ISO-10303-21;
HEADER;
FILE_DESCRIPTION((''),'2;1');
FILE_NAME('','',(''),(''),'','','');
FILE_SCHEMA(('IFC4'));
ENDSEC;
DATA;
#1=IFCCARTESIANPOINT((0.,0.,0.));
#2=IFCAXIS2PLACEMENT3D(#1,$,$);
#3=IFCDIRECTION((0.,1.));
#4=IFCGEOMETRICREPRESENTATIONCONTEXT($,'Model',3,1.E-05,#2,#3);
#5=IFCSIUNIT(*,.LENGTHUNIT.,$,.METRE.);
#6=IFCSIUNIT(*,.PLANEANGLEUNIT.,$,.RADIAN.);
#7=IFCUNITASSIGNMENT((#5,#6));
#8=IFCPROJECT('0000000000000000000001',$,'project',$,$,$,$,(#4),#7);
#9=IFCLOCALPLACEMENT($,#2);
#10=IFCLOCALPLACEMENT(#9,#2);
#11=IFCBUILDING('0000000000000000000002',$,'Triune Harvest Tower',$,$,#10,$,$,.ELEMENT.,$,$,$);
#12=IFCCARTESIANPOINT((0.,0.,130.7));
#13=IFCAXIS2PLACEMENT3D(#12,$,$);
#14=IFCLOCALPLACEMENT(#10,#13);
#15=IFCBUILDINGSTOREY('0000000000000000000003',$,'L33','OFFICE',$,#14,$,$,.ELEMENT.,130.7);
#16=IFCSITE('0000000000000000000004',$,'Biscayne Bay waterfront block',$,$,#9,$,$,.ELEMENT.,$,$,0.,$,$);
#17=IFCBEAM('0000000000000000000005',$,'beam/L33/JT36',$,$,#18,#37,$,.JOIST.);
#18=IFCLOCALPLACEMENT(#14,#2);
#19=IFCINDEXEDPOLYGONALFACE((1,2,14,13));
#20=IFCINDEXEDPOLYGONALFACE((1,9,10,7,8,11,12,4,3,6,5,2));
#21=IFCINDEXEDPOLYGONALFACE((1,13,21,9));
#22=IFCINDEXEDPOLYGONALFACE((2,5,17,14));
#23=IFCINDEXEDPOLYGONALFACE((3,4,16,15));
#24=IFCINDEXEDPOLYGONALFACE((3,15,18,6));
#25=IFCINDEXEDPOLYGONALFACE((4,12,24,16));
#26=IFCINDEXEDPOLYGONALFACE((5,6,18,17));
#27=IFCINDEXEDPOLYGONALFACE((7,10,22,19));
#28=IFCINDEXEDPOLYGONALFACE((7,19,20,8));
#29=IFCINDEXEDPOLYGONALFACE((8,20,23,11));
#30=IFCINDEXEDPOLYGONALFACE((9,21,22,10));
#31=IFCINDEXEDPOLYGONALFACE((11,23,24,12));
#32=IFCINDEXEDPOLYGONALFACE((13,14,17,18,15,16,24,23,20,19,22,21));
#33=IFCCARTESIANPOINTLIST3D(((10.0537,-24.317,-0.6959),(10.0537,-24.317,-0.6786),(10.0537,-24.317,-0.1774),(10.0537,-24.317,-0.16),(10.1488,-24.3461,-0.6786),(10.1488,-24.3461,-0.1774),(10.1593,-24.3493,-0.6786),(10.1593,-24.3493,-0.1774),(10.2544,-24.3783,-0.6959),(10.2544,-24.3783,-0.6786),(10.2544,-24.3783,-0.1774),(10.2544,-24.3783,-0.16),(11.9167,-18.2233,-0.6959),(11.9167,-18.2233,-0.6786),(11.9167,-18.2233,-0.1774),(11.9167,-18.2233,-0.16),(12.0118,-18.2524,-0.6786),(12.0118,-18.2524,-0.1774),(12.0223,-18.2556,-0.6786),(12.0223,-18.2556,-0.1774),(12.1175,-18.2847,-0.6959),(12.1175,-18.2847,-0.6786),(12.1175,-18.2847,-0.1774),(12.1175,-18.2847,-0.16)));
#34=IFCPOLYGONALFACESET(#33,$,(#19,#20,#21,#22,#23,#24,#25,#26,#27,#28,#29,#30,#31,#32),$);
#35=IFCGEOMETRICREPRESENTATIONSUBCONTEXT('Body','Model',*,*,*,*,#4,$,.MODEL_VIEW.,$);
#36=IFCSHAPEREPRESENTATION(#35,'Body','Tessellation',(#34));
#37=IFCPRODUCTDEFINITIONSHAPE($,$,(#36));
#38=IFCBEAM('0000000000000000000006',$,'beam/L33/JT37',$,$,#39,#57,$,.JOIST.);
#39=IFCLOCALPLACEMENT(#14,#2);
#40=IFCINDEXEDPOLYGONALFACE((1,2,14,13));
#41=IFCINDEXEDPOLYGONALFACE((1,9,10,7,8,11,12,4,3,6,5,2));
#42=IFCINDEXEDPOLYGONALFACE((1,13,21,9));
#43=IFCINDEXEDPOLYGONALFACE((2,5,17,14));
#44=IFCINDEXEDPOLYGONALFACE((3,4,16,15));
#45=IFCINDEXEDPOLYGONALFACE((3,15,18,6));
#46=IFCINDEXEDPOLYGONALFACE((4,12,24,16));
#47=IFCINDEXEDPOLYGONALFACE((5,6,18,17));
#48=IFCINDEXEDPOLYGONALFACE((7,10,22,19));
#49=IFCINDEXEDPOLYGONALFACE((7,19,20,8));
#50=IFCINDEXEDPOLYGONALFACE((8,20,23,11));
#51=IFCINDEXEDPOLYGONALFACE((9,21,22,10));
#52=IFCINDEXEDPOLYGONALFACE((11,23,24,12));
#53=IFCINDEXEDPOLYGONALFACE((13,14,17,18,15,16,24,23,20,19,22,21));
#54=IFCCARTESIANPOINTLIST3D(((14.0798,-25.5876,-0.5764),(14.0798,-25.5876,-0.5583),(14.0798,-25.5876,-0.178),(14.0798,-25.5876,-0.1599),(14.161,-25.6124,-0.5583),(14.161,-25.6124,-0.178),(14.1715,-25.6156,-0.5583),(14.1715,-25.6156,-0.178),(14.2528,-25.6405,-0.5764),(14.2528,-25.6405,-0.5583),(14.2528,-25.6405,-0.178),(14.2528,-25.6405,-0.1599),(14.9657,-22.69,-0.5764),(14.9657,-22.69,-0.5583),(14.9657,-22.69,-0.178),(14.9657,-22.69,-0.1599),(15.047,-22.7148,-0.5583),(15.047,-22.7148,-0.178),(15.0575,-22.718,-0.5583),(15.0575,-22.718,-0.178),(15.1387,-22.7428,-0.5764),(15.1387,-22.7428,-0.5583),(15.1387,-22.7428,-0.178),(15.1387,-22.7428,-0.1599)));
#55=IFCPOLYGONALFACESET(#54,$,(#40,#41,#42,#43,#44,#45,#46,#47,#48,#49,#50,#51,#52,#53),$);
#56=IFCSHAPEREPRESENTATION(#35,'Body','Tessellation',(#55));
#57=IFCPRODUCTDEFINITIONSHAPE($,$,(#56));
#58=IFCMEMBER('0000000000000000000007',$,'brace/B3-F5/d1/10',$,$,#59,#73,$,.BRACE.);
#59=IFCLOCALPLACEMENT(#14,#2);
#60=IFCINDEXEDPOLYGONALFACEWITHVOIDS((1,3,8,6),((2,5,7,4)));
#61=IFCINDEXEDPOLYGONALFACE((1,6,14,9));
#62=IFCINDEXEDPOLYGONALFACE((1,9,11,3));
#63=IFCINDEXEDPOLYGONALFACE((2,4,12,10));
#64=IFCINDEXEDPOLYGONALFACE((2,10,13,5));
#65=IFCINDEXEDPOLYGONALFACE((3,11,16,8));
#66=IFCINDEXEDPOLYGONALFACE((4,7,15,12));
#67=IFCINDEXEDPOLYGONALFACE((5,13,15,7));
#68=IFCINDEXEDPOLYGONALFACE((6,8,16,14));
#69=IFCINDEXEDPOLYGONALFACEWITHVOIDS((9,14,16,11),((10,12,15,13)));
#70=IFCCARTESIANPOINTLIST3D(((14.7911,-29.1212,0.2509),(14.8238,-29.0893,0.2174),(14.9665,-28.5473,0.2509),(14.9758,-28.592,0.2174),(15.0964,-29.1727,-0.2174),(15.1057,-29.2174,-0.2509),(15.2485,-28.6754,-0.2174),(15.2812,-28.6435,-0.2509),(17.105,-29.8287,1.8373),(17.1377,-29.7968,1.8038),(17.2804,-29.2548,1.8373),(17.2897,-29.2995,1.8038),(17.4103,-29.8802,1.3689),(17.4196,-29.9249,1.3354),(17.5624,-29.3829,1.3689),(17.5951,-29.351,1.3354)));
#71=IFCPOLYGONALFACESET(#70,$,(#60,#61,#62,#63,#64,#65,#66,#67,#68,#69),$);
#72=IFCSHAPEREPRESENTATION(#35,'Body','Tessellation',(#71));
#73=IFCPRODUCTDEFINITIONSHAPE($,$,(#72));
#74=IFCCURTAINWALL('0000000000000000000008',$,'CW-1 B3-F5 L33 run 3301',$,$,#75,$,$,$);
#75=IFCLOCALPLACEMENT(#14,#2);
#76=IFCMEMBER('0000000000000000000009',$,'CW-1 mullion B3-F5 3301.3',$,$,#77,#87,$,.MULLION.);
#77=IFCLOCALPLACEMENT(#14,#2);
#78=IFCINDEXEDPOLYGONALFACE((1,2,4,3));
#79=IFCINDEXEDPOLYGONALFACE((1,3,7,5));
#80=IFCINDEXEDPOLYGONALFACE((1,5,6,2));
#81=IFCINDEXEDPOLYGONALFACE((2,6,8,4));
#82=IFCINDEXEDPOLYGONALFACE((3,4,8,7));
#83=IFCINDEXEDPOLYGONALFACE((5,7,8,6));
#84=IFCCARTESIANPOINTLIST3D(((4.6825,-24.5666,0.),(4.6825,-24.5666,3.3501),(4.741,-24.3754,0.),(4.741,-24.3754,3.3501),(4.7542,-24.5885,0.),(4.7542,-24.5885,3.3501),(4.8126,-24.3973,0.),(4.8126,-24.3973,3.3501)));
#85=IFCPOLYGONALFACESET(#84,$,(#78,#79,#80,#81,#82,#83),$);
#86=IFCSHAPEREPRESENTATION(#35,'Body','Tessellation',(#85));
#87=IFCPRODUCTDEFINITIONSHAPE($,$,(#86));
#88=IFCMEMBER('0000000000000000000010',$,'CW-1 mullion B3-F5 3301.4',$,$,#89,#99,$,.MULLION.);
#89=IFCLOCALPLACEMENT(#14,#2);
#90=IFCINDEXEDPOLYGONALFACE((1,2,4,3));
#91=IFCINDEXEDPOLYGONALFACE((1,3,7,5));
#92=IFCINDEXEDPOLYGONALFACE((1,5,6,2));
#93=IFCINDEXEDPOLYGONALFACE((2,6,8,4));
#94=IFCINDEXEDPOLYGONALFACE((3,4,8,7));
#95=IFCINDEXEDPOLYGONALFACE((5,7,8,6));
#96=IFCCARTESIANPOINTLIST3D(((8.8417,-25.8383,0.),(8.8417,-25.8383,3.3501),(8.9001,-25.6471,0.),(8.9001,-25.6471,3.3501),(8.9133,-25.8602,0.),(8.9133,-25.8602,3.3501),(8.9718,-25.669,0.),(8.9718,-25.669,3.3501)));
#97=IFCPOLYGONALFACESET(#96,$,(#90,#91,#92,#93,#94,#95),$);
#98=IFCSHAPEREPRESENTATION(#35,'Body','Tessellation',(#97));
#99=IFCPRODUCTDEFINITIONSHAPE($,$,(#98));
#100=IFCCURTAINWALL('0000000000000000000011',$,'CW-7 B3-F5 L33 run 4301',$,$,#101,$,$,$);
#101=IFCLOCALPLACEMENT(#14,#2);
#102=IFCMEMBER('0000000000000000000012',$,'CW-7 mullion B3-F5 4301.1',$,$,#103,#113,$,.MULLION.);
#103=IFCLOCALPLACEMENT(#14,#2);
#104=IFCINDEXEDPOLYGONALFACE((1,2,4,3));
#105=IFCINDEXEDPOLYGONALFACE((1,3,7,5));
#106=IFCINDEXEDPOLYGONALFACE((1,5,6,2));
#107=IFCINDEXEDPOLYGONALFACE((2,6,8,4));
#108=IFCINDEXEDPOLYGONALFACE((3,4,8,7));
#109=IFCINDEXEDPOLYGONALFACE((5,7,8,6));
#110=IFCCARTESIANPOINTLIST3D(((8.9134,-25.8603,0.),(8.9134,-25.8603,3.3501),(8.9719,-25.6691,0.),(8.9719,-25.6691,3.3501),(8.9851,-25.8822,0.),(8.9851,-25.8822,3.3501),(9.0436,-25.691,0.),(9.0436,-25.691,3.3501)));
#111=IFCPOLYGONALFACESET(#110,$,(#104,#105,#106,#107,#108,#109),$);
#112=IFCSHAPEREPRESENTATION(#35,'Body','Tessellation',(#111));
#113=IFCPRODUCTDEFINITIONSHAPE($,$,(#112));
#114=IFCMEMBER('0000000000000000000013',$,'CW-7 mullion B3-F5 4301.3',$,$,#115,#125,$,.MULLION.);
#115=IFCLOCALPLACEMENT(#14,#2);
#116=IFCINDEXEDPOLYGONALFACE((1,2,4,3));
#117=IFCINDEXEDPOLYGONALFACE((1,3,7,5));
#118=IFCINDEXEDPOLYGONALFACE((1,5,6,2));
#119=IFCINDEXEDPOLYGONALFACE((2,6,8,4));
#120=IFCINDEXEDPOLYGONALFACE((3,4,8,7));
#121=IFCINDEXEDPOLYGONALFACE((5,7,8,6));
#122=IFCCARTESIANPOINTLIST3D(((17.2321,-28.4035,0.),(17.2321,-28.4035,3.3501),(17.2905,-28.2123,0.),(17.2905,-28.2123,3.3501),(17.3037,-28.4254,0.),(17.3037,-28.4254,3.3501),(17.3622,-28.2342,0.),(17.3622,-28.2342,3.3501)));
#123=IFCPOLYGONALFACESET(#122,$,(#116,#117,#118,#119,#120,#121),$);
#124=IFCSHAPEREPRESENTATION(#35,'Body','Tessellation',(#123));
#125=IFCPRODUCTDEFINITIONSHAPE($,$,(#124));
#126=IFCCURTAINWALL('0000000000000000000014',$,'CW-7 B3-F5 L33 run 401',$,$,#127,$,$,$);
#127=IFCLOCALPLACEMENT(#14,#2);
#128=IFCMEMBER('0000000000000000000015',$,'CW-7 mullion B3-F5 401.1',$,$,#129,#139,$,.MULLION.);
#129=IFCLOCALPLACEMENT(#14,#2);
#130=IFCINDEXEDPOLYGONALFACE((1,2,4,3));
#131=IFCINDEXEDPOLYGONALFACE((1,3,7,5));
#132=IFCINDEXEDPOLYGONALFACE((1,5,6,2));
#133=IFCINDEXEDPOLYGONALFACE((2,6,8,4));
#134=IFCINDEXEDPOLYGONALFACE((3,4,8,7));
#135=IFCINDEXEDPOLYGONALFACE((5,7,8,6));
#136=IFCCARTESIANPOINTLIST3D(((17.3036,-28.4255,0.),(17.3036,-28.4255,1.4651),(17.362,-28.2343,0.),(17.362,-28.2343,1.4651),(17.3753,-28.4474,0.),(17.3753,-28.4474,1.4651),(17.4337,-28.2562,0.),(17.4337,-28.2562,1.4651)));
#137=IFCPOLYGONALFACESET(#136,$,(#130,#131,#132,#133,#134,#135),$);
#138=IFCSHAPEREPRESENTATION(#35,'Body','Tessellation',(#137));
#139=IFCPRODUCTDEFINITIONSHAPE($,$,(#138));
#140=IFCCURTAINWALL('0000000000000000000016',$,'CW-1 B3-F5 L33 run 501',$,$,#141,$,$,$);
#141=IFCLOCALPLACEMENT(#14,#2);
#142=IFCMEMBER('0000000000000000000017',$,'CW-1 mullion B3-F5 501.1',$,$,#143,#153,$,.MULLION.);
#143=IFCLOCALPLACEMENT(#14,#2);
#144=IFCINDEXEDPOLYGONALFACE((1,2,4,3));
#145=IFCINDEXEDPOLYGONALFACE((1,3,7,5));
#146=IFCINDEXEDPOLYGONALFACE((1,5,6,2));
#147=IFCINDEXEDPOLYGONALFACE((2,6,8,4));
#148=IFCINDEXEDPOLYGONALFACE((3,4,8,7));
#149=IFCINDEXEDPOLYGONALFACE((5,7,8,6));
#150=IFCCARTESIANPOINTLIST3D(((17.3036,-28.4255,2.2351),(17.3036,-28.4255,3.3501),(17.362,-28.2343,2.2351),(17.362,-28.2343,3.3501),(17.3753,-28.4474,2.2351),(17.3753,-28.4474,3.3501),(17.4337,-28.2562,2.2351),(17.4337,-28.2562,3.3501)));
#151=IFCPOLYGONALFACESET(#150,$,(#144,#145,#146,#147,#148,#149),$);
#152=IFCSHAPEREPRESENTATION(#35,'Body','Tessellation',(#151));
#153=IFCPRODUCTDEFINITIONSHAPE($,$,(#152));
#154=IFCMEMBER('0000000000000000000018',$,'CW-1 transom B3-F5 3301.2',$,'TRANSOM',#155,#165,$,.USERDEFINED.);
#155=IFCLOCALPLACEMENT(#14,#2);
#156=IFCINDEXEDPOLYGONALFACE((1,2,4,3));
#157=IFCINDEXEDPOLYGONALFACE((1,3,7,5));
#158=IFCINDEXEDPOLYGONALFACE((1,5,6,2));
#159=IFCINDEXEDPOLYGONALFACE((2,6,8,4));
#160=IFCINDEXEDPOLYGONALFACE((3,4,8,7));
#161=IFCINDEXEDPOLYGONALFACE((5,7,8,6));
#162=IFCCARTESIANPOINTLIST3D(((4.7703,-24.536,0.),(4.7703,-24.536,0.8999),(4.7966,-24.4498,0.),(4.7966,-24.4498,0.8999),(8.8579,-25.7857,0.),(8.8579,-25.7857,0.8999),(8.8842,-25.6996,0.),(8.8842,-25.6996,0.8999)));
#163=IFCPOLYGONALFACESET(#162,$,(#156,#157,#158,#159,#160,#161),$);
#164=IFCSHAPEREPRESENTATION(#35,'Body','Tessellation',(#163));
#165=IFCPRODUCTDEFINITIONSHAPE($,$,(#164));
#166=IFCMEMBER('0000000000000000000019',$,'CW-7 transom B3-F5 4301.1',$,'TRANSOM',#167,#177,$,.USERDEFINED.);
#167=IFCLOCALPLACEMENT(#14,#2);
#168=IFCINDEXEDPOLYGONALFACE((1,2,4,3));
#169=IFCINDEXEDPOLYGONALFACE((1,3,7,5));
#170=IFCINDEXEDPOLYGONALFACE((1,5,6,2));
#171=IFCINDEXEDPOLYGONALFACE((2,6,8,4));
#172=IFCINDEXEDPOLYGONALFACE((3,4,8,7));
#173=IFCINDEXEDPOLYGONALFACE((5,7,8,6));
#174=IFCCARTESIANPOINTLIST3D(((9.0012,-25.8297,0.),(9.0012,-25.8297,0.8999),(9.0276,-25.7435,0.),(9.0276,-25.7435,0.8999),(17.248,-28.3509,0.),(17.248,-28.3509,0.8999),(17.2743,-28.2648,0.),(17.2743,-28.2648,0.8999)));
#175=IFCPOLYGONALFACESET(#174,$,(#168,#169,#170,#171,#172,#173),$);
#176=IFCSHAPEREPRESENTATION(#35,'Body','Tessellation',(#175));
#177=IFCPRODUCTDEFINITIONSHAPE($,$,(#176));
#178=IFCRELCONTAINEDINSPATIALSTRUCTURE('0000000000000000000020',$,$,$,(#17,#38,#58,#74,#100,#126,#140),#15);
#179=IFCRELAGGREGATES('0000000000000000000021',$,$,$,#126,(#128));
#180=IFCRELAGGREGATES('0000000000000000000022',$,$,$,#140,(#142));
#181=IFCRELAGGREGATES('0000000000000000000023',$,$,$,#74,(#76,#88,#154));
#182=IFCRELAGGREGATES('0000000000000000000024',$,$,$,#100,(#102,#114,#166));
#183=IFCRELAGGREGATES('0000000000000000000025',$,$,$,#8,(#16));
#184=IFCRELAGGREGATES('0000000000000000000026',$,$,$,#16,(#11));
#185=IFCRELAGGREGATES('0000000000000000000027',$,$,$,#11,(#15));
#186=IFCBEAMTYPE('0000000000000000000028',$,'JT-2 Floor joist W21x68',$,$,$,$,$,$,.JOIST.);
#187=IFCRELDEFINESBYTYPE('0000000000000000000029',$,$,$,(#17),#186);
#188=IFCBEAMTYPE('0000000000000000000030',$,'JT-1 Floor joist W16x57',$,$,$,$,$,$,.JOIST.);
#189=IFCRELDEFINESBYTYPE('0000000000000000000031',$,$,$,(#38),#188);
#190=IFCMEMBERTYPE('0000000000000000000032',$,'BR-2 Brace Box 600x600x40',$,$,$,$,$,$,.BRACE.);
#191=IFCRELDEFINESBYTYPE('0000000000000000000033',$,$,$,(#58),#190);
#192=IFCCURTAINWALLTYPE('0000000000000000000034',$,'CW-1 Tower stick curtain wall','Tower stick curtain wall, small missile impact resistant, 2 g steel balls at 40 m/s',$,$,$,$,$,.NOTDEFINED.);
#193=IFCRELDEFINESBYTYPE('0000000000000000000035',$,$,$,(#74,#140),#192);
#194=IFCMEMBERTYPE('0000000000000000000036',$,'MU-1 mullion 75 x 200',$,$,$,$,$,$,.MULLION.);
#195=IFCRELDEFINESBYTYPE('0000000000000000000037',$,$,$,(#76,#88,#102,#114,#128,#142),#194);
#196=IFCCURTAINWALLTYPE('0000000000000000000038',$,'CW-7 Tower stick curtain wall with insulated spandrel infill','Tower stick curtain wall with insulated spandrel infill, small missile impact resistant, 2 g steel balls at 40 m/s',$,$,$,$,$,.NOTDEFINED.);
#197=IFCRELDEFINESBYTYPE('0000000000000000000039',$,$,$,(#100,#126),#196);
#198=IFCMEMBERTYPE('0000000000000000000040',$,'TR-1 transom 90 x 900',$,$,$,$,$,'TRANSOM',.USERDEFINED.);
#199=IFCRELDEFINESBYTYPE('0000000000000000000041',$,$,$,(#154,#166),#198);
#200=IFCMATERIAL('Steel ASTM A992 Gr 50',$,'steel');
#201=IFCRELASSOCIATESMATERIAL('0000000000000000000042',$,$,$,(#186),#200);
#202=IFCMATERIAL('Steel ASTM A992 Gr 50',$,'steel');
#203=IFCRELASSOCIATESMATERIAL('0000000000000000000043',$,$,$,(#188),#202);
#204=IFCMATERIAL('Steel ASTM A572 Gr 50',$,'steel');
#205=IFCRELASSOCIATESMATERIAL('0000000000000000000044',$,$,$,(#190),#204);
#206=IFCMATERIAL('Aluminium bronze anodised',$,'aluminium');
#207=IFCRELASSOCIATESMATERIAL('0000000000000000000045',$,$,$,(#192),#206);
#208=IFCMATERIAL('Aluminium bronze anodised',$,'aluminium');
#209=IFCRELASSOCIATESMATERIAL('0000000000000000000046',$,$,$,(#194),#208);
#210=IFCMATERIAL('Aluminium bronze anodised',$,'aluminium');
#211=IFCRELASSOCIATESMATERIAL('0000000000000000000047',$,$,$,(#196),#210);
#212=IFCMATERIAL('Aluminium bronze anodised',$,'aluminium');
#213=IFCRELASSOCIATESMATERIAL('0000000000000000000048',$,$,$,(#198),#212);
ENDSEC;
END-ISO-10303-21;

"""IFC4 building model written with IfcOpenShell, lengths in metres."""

from ifc_helpers import new_model, si_unit, direction, frame, origin, origin_2d, place, context, subcontext, project, spatial, rectangle, hollow_rectangle, i_section, extrude, source, transform, mapped, material, material_profile, profile_set, type_object, element, aggregate, save


model = new_model("IFC4")

# Units and contexts
model_context = context("Model", 3, precision=1e-05, world=origin(), true_north=direction((0.0, 1.0)))
body_context = subcontext(model_context, "Body", "Model", "MODEL_VIEW")
ifc_project = project(units=[si_unit("LENGTHUNIT", "METRE"), si_unit("PLANEANGLEUNIT", "RADIAN")], contexts=[model_context])

# Site, building, storey
site_placement = place(None, origin())
site = spatial("IfcSite", under=ifc_project, at=site_placement, Name="Biscayne Bay waterfront block", CompositionType="ELEMENT", RefElevation=0.0)
building_placement = place(site_placement, origin())
building = spatial("IfcBuilding", under=site, at=building_placement, Name="Triune Harvest Tower", CompositionType="ELEMENT")
storey_placement = place(building_placement, frame((0.0, 0.0, 130.7)))
storey = spatial("IfcBuildingStorey", under=building, at=storey_placement, Name="L33", Description="OFFICE", CompositionType="ELEMENT", Elevation=130.7)

# Beams
ifc_material_1 = material(Name="Steel ASTM A992 Gr 50", Category="steel")
ifc_material_profile_1 = material_profile(ifc_material_1, i_section(OverallWidth=0.21, OverallDepth=0.5359, WebThickness=0.011, FlangeThickness=0.0173, at=origin_2d()), Name="W21x68")
ifc_profile_set_1 = profile_set([ifc_material_profile_1], Name="Steel ASTM A992 Gr 50")
beam_type_1 = type_object("IfcBeamType", Name="JT-2 Floor joist W21x68", PredefinedType="JOIST", material=ifc_profile_set_1)
shared_shape_1 = source(origin(), body_context, "Body", "SweptSolid", [
    extrude(i_section(OverallWidth=0.21, OverallDepth=0.5359, WebThickness=0.011, FlangeThickness=0.0173, at=origin_2d()), origin(), (0.0, 0.0, 1.0), 6.3721),
])
beam_1_placement = place(storey_placement, frame((10.1541, -24.3477, -0.428), z_axis=(0.29237, 0.956305, 0.0), x_axis=(-0.956305, 0.29237, 0.0)))
element("IfcBeam", 1, at=beam_1_placement, inside=storey, type_object=beam_type_1, Name="beam/L33/JT36", PredefinedType="JOIST", context=body_context, shape_type="MappedRepresentation", body=[
    mapped(shared_shape_1, transform((0.0, 0.0, 0.0), scale=1.0)),
])
ifc_material_2 = material(Name="Steel ASTM A992 Gr 50", Category="steel")
ifc_material_profile_2 = material_profile(ifc_material_2, i_section(OverallWidth=0.1809, OverallDepth=0.4165, WebThickness=0.011, FlangeThickness=0.0181, at=origin_2d()), Name="W16x57")
ifc_profile_set_2 = profile_set([ifc_material_profile_2], Name="Steel ASTM A992 Gr 50")
beam_type_2 = type_object("IfcBeamType", Name="JT-1 Floor joist W16x57", PredefinedType="JOIST", material=ifc_profile_set_2)
shared_shape_2 = source(origin(), body_context, "Body", "SweptSolid", [
    extrude(i_section(OverallWidth=0.1809, OverallDepth=0.4165, WebThickness=0.011, FlangeThickness=0.0181, at=origin_2d()), origin(), (0.0, 0.0, 1.0), 3.03),
])
beam_2_placement = place(storey_placement, frame((14.1663, -25.614, -0.3682), z_axis=(0.292393, 0.956298, 0.0), x_axis=(-0.956298, 0.292393, 0.0)))
element("IfcBeam", 2, at=beam_2_placement, inside=storey, type_object=beam_type_2, Name="beam/L33/JT37", PredefinedType="JOIST", context=body_context, shape_type="MappedRepresentation", body=[
    mapped(shared_shape_2, transform((0.0, 0.0, 0.0), scale=1.0)),
])

# Member
ifc_material_3 = material(Name="Steel ASTM A572 Gr 50", Category="steel")
ifc_material_profile_3 = material_profile(ifc_material_3, hollow_rectangle(XDim=0.6001, YDim=0.6001, WallThickness=0.04, at=origin_2d()), Name="Box 600x600x40")
ifc_profile_set_3 = profile_set([ifc_material_profile_3], Name="Steel ASTM A572 Gr 50")
member_type_1 = type_object("IfcMemberType", Name="BR-2 Brace Box 600x600x40", PredefinedType="BRACE", material=ifc_profile_set_3)
shared_shape_3 = source(origin(), body_context, "Body", "SweptSolid", [
    extrude(hollow_rectangle(XDim=0.6001, YDim=0.6001, WallThickness=0.04, at=origin_2d()), origin(), (0.0, 0.0, 1.0), 2.8933),
])
member_1_placement = place(storey_placement, frame((15.0361, -28.8823, 0.0), z_axis=(0.799739, -0.244529, 0.548291), x_axis=(0.292398, 0.956297, 0.0)))
element("IfcMember", 3, at=member_1_placement, inside=storey, type_object=member_type_1, Name="brace/B3-F5/d1/10", PredefinedType="BRACE", context=body_context, shape_type="MappedRepresentation", body=[
    mapped(shared_shape_3, transform((0.0, 0.0, 0.0), scale=1.0)),
])

# Curtain walls, members
ifc_material_4 = material(Name="Aluminium bronze anodised", Category="aluminium")
curtain_wall_type_1 = type_object("IfcCurtainWallType", Name="CW-1 Tower stick curtain wall", Description="Tower stick curtain wall, small missile impact resistant, 2 g steel balls at 40 m/s", PredefinedType="NOTDEFINED", material=ifc_material_4)
curtain_wall_1_placement = place(storey_placement, origin())
curtain_wall_1 = element("IfcCurtainWall", 4, at=curtain_wall_1_placement, inside=storey, type_object=curtain_wall_type_1, Name="CW-1 B3-F5 L33 run 3301")
ifc_material_5 = material(Name="Aluminium bronze anodised", Category="aluminium")
ifc_material_profile_4 = material_profile(ifc_material_5, rectangle(XDim=0.2, YDim=0.075, at=origin_2d()), Name="MU-1 mullion 75 x 200")
ifc_profile_set_4 = profile_set([ifc_material_profile_4], Name="Aluminium bronze anodised")
member_type_2 = type_object("IfcMemberType", Name="MU-1 mullion 75 x 200", PredefinedType="MULLION", material=ifc_profile_set_4)
shared_shape_4 = source(origin(), body_context, "Body", "SweptSolid", [
    extrude(rectangle(XDim=0.2, YDim=0.075, at=origin_2d()), origin(), (0.0, 0.0, 1.0), 3.3501),
])
member_2_placement = place(storey_placement, frame((4.7476, -24.4819, 0.0), z_axis=(0.0, 0.0, 1.0), x_axis=(0.292371, 0.956305, 0.0)))
member_2 = element("IfcMember", 5, at=member_2_placement, type_object=member_type_2, Name="CW-1 mullion B3-F5 3301.3", PredefinedType="MULLION", context=body_context, shape_type="MappedRepresentation", body=[
    mapped(shared_shape_4, transform((0.0, 0.0, 0.0), scale=1.0)),
])
member_3_placement = place(storey_placement, frame((8.9067, -25.7537, 0.0), z_axis=(0.0, 0.0, 1.0), x_axis=(0.292371, 0.956305, 0.0)))
member_3 = element("IfcMember", 6, at=member_3_placement, type_object=member_type_2, Name="CW-1 mullion B3-F5 3301.4", PredefinedType="MULLION", context=body_context, shape_type="MappedRepresentation", body=[
    mapped(shared_shape_4, transform((0.0, 0.0, 0.0), scale=1.0)),
])
ifc_material_6 = material(Name="Aluminium bronze anodised", Category="aluminium")
curtain_wall_type_2 = type_object("IfcCurtainWallType", Name="CW-7 Tower stick curtain wall with insulated spandrel infill", Description="Tower stick curtain wall with insulated spandrel infill, small missile impact resistant, 2 g steel balls at 40 m/s", PredefinedType="NOTDEFINED", material=ifc_material_6)
curtain_wall_2_placement = place(storey_placement, origin())
curtain_wall_2 = element("IfcCurtainWall", 7, at=curtain_wall_2_placement, inside=storey, type_object=curtain_wall_type_2, Name="CW-7 B3-F5 L33 run 4301")
member_4_placement = place(storey_placement, frame((8.9785, -25.7756, 0.0), z_axis=(0.0, 0.0, 1.0), x_axis=(0.292378, 0.956303, 0.0)))
member_4 = element("IfcMember", 8, at=member_4_placement, type_object=member_type_2, Name="CW-7 mullion B3-F5 4301.1", PredefinedType="MULLION", context=body_context, shape_type="MappedRepresentation", body=[
    mapped(shared_shape_4, transform((0.0, 0.0, 0.0), scale=1.0)),
])
member_5_placement = place(storey_placement, frame((17.2971, -28.3188, 0.0), z_axis=(0.0, 0.0, 1.0), x_axis=(0.292378, 0.956303, 0.0)))
member_5 = element("IfcMember", 9, at=member_5_placement, type_object=member_type_2, Name="CW-7 mullion B3-F5 4301.3", PredefinedType="MULLION", context=body_context, shape_type="MappedRepresentation", body=[
    mapped(shared_shape_4, transform((0.0, 0.0, 0.0), scale=1.0)),
])

# Curtain walls, members
curtain_wall_3_placement = place(storey_placement, origin())
curtain_wall_3 = element("IfcCurtainWall", 10, at=curtain_wall_3_placement, inside=storey, type_object=curtain_wall_type_2, Name="CW-7 B3-F5 L33 run 401")
shared_shape_5 = source(origin(), body_context, "Body", "SweptSolid", [
    extrude(rectangle(XDim=0.2, YDim=0.075, at=origin_2d()), origin(), (0.0, 0.0, 1.0), 1.4651),
])
member_6_placement = place(storey_placement, frame((17.3687, -28.3408, 0.0), z_axis=(0.0, 0.0, 1.0), x_axis=(0.29237, 0.956305, 0.0)))
member_6 = element("IfcMember", 11, at=member_6_placement, type_object=member_type_2, Name="CW-7 mullion B3-F5 401.1", PredefinedType="MULLION", context=body_context, shape_type="MappedRepresentation", body=[
    mapped(shared_shape_5, transform((0.0, 0.0, 0.0), scale=1.0)),
])
aggregate(curtain_wall_3, [member_6])
curtain_wall_4_placement = place(storey_placement, origin())
curtain_wall_4 = element("IfcCurtainWall", 12, at=curtain_wall_4_placement, inside=storey, type_object=curtain_wall_type_1, Name="CW-1 B3-F5 L33 run 501")
shared_shape_6 = source(origin(), body_context, "Body", "SweptSolid", [
    extrude(rectangle(XDim=0.2, YDim=0.075, at=origin_2d()), origin(), (0.0, 0.0, 1.0), 1.115),
])
member_7_placement = place(storey_placement, frame((17.3687, -28.3408, 2.2351), z_axis=(0.0, 0.0, 1.0), x_axis=(0.29237, 0.956305, 0.0)))
member_7 = element("IfcMember", 13, at=member_7_placement, type_object=member_type_2, Name="CW-1 mullion B3-F5 501.1", PredefinedType="MULLION", context=body_context, shape_type="MappedRepresentation", body=[
    mapped(shared_shape_6, transform((0.0, 0.0, 0.0), scale=1.0)),
])
aggregate(curtain_wall_4, [member_7])

# Members
ifc_material_7 = material(Name="Aluminium bronze anodised", Category="aluminium")
ifc_material_profile_5 = material_profile(ifc_material_7, rectangle(XDim=0.0901, YDim=0.8999, at=origin_2d()), Name="TR-1 transom 90 x 900")
ifc_profile_set_5 = profile_set([ifc_material_profile_5], Name="Aluminium bronze anodised")
member_type_3 = type_object("IfcMemberType", Name="TR-1 transom 90 x 900", ElementType="TRANSOM", PredefinedType="USERDEFINED", material=ifc_profile_set_5)
shared_shape_7 = source(origin(), body_context, "Body", "SweptSolid", [
    extrude(rectangle(XDim=0.0901, YDim=0.8999, at=origin_2d()), origin(), (0.0, 0.0, 1.0), 4.2744),
])
member_8_placement = place(storey_placement, frame((4.7834, -24.4929, 0.45), z_axis=(0.956302, -0.29238, 0.0), x_axis=(0.29238, 0.956302, 0.0)))
member_8 = element("IfcMember", 14, at=member_8_placement, type_object=member_type_3, Name="CW-1 transom B3-F5 3301.2", ObjectType="TRANSOM", PredefinedType="USERDEFINED", context=body_context, shape_type="MappedRepresentation", body=[
    mapped(shared_shape_7, transform((0.0, 0.0, 0.0), scale=1.0)),
])
shared_shape_8 = source(origin(), body_context, "Body", "SweptSolid", [
    extrude(rectangle(XDim=0.0901, YDim=0.8999, at=origin_2d()), origin(), (0.0, 0.0, 1.0), 8.6235),
])
member_9_placement = place(storey_placement, frame((9.0144, -25.7866, 0.45), z_axis=(0.956307, -0.292365, 0.0), x_axis=(0.292365, 0.956307, 0.0)))
member_9 = element("IfcMember", 15, at=member_9_placement, type_object=member_type_3, Name="CW-7 transom B3-F5 4301.1", ObjectType="TRANSOM", PredefinedType="USERDEFINED", context=body_context, shape_type="MappedRepresentation", body=[
    mapped(shared_shape_8, transform((0.0, 0.0, 0.0), scale=1.0)),
])

aggregate(curtain_wall_1, [member_2, member_3, member_8])
aggregate(curtain_wall_2, [member_4, member_5, member_9])

save(model, "model.ifc")
